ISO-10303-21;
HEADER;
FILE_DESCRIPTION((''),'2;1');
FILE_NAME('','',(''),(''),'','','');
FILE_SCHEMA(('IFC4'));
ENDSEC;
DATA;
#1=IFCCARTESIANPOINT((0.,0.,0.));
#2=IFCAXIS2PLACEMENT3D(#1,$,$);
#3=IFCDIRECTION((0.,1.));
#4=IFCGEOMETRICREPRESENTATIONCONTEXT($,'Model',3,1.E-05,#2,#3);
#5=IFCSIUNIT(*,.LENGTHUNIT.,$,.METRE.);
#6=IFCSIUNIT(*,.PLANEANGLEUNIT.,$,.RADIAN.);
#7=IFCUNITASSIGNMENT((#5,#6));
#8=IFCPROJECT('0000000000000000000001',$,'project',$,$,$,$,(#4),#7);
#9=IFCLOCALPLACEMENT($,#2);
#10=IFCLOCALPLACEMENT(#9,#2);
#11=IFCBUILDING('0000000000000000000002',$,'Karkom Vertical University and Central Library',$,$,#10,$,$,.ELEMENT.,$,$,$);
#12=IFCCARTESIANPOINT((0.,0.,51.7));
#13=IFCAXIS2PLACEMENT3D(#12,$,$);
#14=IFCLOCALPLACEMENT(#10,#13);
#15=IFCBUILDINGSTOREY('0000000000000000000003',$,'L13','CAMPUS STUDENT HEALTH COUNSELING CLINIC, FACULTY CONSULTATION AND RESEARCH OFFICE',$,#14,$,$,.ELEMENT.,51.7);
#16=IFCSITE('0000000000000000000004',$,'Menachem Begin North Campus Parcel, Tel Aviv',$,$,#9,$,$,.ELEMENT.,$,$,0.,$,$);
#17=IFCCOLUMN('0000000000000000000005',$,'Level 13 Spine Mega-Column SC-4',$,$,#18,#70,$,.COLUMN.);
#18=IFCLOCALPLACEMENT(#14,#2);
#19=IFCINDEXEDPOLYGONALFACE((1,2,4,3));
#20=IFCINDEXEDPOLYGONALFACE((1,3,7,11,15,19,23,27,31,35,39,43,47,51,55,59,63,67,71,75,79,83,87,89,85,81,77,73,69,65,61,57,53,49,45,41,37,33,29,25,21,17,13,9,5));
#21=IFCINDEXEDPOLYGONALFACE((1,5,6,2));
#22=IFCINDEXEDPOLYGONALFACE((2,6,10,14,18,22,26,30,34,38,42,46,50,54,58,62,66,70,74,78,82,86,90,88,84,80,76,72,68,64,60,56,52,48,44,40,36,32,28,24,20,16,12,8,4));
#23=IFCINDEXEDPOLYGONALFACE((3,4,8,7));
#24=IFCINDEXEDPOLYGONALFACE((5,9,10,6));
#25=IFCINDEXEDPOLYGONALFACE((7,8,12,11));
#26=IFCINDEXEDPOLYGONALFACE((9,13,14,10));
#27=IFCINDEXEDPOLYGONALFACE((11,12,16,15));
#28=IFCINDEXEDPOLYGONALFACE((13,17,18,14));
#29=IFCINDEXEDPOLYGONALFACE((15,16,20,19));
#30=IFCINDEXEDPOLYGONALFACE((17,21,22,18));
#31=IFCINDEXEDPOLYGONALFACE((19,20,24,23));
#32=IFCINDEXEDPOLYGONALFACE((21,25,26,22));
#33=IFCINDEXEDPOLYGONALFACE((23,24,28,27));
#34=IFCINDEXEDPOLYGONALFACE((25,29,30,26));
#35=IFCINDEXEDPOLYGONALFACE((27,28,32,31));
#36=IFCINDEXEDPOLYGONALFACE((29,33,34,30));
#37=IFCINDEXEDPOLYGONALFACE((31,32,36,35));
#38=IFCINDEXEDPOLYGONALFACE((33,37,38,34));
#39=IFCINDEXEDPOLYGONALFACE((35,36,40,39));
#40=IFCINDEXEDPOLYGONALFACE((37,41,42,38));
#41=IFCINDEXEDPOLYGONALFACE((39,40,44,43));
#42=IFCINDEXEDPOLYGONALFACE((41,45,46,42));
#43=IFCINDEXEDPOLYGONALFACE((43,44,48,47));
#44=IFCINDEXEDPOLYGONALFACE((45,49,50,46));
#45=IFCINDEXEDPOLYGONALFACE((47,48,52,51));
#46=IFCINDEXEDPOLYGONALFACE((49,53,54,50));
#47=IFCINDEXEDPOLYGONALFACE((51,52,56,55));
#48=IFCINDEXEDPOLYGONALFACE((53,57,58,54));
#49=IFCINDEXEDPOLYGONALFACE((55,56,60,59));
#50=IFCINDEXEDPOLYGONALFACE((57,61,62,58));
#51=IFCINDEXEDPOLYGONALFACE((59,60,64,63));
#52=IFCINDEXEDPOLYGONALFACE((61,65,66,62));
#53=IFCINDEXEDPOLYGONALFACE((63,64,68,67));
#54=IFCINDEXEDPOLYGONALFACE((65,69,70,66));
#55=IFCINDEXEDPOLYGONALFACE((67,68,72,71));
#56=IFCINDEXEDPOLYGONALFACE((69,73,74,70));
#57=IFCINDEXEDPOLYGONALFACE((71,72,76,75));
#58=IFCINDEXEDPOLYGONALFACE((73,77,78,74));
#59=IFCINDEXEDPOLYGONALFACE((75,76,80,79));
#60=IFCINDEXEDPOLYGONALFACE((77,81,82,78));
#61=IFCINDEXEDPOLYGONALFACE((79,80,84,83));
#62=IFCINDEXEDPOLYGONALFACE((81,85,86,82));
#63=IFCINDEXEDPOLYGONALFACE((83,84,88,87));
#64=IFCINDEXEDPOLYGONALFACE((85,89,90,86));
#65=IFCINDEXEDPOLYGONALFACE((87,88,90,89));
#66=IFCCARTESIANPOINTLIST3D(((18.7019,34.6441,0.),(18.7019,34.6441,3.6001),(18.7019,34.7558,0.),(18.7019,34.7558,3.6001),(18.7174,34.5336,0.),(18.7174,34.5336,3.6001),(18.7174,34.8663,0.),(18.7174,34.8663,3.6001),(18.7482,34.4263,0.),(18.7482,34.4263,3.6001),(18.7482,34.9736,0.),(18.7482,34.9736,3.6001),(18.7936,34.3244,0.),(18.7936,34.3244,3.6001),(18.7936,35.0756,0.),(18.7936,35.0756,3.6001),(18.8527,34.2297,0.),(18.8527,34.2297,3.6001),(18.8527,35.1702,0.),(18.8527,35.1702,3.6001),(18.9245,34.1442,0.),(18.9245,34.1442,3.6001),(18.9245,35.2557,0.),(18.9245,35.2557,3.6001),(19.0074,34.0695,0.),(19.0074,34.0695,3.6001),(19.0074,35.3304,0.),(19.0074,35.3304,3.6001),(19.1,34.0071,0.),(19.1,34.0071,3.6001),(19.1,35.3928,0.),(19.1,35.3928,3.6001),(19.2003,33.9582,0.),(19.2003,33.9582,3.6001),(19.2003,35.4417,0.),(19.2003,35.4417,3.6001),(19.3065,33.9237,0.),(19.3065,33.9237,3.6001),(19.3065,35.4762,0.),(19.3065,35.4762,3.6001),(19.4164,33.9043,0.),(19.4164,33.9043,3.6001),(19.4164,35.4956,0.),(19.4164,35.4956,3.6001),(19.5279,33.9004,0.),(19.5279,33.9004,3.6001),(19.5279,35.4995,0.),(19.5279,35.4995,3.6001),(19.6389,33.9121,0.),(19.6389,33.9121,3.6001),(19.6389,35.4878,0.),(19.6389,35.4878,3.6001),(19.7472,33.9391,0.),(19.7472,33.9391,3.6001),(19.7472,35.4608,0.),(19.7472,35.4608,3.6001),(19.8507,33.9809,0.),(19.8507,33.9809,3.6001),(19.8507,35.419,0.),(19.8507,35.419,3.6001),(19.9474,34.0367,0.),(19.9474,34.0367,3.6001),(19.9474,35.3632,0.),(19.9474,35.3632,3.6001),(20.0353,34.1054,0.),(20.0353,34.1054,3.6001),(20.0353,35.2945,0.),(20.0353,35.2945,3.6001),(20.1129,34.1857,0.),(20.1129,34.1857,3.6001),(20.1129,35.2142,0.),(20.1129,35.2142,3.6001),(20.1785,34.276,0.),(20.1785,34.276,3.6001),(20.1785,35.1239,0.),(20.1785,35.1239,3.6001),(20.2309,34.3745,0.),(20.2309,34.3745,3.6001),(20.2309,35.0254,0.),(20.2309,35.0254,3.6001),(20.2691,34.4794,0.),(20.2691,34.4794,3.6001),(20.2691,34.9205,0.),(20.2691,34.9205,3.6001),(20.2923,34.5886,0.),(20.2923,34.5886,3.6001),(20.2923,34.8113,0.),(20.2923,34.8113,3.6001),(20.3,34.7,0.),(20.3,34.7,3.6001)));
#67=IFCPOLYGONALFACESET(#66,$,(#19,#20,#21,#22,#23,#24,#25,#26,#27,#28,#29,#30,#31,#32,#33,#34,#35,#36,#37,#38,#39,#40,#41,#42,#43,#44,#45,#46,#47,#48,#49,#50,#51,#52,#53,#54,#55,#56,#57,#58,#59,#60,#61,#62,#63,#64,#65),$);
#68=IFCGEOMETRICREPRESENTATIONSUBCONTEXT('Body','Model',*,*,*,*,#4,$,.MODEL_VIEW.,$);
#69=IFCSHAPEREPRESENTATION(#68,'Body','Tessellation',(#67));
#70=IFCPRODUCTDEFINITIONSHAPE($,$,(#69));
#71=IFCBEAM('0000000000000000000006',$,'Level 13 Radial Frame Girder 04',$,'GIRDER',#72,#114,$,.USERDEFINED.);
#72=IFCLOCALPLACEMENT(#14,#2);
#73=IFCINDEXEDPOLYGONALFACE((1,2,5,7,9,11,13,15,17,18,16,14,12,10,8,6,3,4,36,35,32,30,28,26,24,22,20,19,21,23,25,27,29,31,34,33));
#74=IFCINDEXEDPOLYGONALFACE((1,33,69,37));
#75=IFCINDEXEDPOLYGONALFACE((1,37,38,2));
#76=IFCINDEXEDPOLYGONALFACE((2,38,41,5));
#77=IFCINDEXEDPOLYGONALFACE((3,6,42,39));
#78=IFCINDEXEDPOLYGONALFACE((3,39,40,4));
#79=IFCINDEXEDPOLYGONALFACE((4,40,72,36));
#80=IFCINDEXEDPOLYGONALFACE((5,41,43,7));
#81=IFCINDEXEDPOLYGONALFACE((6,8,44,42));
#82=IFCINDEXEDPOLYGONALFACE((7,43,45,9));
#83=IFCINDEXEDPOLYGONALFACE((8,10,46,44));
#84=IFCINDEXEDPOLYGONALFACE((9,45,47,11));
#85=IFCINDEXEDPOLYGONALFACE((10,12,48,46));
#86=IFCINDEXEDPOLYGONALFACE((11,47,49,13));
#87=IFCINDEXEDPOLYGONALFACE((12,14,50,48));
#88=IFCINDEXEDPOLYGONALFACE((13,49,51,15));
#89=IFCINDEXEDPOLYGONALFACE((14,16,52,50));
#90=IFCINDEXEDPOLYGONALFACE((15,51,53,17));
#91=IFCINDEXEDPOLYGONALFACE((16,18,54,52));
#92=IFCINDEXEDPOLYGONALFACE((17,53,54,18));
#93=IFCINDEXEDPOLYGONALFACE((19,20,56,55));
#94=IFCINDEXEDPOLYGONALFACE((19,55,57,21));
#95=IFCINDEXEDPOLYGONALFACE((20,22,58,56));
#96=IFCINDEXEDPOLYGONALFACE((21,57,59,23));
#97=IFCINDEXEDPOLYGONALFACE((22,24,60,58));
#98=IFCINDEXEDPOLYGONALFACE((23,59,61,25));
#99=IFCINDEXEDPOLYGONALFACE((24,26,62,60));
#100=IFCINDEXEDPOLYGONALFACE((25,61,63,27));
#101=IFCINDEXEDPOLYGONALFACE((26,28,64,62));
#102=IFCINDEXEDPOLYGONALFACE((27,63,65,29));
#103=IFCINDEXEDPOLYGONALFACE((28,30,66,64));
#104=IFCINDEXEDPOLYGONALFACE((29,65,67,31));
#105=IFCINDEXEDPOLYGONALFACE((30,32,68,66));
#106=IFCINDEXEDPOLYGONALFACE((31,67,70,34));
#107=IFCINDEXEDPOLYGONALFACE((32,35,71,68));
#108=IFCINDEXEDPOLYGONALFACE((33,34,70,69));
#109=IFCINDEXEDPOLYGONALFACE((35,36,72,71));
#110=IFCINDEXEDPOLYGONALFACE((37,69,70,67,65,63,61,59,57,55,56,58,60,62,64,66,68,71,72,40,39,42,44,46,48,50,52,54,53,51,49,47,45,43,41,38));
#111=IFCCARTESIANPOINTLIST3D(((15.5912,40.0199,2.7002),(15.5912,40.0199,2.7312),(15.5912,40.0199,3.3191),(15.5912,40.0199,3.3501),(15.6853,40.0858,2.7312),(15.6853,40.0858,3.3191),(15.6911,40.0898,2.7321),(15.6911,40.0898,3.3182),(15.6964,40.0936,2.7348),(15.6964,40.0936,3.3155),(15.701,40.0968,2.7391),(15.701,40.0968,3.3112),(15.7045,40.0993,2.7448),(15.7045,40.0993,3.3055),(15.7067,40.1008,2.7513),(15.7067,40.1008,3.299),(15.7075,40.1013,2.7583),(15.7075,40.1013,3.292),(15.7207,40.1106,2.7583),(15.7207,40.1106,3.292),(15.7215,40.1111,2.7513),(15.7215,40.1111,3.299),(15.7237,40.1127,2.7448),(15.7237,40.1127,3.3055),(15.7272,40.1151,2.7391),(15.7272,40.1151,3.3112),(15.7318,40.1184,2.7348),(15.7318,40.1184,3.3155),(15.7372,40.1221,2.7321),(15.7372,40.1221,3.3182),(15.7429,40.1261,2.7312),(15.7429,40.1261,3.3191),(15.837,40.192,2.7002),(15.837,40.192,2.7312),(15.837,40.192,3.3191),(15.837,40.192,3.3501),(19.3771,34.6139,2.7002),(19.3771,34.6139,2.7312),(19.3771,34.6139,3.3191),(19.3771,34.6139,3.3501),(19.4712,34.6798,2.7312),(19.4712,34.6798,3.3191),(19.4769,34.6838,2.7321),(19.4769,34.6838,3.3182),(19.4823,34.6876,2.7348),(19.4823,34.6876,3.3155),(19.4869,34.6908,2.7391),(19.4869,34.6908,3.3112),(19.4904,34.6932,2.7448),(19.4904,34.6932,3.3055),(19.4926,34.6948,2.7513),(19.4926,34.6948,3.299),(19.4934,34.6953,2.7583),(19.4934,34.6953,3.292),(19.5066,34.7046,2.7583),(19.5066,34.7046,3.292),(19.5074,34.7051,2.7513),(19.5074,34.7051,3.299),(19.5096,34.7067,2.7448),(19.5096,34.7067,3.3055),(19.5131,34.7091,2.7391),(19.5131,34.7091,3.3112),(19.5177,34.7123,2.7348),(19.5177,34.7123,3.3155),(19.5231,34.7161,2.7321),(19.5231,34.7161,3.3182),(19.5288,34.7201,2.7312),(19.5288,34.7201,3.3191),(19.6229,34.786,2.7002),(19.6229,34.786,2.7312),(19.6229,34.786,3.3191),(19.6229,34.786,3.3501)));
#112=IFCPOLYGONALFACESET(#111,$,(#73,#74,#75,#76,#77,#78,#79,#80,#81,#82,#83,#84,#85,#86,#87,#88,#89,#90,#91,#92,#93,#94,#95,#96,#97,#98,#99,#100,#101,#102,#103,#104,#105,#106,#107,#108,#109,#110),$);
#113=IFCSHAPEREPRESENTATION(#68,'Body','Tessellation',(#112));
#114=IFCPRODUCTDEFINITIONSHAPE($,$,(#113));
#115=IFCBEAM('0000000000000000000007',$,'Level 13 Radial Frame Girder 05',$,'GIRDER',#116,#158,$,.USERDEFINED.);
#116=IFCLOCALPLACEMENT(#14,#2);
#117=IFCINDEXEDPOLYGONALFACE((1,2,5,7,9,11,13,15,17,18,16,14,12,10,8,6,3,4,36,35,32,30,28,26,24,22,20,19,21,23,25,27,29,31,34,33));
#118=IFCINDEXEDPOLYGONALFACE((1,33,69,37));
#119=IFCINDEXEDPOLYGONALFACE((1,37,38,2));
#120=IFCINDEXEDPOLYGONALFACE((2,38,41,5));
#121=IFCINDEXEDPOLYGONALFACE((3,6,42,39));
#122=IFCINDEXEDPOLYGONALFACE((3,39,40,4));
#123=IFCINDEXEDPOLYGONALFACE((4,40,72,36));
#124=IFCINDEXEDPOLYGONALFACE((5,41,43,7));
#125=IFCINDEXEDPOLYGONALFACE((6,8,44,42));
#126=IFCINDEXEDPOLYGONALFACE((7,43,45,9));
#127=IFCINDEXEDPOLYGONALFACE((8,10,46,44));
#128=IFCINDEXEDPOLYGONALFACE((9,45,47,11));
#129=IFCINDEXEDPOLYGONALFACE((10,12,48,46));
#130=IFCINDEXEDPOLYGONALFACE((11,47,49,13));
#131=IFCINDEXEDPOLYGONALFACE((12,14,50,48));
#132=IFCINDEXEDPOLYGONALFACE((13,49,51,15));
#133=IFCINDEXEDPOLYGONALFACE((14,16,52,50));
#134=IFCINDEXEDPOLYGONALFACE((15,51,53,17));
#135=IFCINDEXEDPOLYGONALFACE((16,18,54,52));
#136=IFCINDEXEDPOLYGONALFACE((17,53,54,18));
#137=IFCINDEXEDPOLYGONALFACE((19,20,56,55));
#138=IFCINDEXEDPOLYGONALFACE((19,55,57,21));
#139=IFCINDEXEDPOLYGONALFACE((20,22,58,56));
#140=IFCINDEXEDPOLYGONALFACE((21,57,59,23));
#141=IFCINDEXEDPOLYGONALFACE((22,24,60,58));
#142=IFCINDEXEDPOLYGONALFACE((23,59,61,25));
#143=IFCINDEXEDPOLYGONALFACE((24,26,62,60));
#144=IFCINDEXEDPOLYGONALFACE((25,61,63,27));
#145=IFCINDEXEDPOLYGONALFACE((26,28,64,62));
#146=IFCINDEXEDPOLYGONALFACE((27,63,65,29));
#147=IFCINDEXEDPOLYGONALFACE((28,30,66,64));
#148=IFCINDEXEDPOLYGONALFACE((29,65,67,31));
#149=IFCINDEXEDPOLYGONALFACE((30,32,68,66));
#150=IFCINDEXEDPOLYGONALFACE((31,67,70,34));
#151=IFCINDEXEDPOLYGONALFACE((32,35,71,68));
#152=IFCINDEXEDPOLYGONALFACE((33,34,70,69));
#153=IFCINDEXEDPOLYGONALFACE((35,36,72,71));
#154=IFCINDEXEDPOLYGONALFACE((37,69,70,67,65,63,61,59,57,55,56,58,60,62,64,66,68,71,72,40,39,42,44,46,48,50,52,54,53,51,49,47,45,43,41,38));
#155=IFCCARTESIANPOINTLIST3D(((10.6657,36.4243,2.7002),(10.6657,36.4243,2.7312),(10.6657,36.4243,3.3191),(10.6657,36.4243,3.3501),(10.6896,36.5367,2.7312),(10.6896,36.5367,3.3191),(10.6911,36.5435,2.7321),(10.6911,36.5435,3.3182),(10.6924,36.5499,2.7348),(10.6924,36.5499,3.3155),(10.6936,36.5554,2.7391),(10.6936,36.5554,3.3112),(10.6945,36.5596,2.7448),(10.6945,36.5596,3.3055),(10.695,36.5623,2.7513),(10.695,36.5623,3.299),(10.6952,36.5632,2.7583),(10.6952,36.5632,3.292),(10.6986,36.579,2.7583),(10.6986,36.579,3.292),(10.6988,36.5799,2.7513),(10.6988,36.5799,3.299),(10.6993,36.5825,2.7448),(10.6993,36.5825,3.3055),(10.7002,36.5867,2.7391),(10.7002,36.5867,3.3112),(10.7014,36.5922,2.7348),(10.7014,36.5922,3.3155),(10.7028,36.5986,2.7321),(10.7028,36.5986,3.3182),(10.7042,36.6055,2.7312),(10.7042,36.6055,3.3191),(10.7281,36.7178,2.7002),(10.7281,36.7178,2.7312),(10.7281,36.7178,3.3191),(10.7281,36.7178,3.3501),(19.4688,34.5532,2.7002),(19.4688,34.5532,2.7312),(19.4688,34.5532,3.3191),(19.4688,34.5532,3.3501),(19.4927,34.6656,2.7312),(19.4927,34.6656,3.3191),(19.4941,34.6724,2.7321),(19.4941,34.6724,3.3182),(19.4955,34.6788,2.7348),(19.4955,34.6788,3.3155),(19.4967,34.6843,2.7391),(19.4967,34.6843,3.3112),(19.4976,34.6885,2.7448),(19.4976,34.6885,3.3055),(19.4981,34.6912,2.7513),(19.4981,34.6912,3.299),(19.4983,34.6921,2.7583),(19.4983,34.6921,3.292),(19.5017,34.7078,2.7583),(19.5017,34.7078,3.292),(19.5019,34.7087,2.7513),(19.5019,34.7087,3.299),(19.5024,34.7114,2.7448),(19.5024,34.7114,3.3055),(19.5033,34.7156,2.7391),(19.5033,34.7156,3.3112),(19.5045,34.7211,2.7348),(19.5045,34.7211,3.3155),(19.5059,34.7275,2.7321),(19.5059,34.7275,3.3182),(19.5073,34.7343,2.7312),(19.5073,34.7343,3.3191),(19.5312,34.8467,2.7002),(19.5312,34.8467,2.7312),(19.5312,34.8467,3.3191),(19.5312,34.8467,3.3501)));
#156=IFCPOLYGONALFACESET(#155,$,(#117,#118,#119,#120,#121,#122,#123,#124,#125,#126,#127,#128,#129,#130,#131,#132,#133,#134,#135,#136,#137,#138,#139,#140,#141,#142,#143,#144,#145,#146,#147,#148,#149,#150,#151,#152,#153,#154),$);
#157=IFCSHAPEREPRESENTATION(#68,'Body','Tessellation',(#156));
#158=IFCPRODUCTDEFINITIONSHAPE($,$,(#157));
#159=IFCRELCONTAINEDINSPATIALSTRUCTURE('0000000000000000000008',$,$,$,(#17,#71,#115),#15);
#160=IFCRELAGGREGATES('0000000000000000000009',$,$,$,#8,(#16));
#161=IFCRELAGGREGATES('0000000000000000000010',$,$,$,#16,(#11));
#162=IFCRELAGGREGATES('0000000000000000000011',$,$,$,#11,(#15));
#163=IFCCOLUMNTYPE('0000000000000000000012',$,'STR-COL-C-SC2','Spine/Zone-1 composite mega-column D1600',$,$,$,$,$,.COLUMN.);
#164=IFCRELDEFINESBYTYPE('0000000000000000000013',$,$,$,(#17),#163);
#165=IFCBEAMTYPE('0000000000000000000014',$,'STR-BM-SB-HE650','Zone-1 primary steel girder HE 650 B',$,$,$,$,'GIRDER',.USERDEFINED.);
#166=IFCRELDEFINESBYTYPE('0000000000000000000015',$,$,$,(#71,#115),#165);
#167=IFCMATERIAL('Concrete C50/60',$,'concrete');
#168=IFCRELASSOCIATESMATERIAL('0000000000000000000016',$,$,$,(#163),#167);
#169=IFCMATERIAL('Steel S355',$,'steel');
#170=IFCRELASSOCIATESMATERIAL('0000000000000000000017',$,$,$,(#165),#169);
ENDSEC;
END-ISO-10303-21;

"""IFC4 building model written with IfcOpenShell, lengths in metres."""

from ifc_helpers import new_model, si_unit, direction, frame, origin, origin_with_axes, origin_2d, place, context, subcontext, project, spatial, circle, i_section, extrude, source, transform, mapped, material, material_profile, profile_set, type_object, element, save


model = new_model("IFC4")

# Units and contexts
model_context = context("Model", 3, precision=1e-05, world=origin(), true_north=direction((0.0, 1.0)))
body_context = subcontext(model_context, "Body", "Model", "MODEL_VIEW")
ifc_project = project(units=[si_unit("LENGTHUNIT", "METRE"), si_unit("PLANEANGLEUNIT", "RADIAN")], contexts=[model_context])

# Site, building, storey
site_placement = place(None, origin())
site = spatial("IfcSite", under=ifc_project, at=site_placement, Name="Menachem Begin North Campus Parcel, Tel Aviv", CompositionType="ELEMENT", RefElevation=0.0)
building_placement = place(site_placement, origin())
building = spatial("IfcBuilding", under=site, at=building_placement, Name="Karkom Vertical University and Central Library", CompositionType="ELEMENT")
storey_placement = place(building_placement, frame((0.0, 0.0, 51.7)))
storey = spatial("IfcBuildingStorey", under=building, at=storey_placement, Name="L13", Description="CAMPUS STUDENT HEALTH COUNSELING CLINIC, FACULTY CONSULTATION AND RESEARCH OFFICE", CompositionType="ELEMENT", Elevation=51.7)

# Column
ifc_material_1 = material(Name="Concrete C50/60", Category="concrete")
ifc_material_profile_1 = material_profile(ifc_material_1, circle(Radius=0.8, at=origin_2d()), Name="CFT-D1600")
ifc_profile_set_1 = profile_set([ifc_material_profile_1], Name="Concrete C50/60")
column_type = type_object("IfcColumnType", Name="STR-COL-C-SC2", Description="Spine/Zone-1 composite mega-column D1600", PredefinedType="COLUMN", material=ifc_profile_set_1)
shared_shape_1 = source(origin_with_axes(), body_context, "Body", "SweptSolid", [
    extrude(circle(Radius=0.8, at=origin_2d()), origin(), (0.0, 0.0, 1.0), 3.6001),
])
column_placement = place(storey_placement, frame((19.5, 34.7, 0.0), z_axis=(0.0, 0.0, 1.0), x_axis=(1.0, 0.0, 0.0)))
element("IfcColumn", 1, at=column_placement, inside=storey, type_object=column_type, Name="Level 13 Spine Mega-Column SC-4", PredefinedType="COLUMN", context=body_context, shape_type="MappedRepresentation", body=[
    mapped(shared_shape_1, transform((0.0, 0.0, 0.0), scale=1.0)),
])

# Beams
ifc_material_2 = material(Name="Steel S355", Category="steel")
ifc_material_profile_2 = material_profile(ifc_material_2, i_section(OverallWidth=0.3, OverallDepth=0.6499, WebThickness=0.0161, FlangeThickness=0.031, FilletRadius=0.0271, at=origin_2d()), Name="HE 650 B")
ifc_profile_set_2 = profile_set([ifc_material_profile_2], Name="Steel S355")
beam_type_1 = type_object("IfcBeamType", Name="STR-BM-SB-HE650", Description="Zone-1 primary steel girder HE 650 B", ElementType="GIRDER", PredefinedType="USERDEFINED", material=ifc_profile_set_2)
shared_shape_2 = source(origin_with_axes(), body_context, "Body", "SweptSolid", [
    extrude(i_section(OverallWidth=0.3, OverallDepth=0.6499, WebThickness=0.0161, FlangeThickness=0.031, FilletRadius=0.0271, at=origin_2d()), origin(), (0.0, 0.0, 1.0), 6.5999),
])
beam_1_placement = place(storey_placement, frame((19.5, 34.7, 3.0251), z_axis=(-0.573634, 0.819112, 0.0), x_axis=(-0.819112, -0.573634, 0.0)))
element("IfcBeam", 2, at=beam_1_placement, inside=storey, type_object=beam_type_1, Name="Level 13 Radial Frame Girder 04", ObjectType="GIRDER", PredefinedType="USERDEFINED", context=body_context, shape_type="MappedRepresentation", body=[
    mapped(shared_shape_2, transform((0.0, 0.0, 0.0), scale=1.0)),
])
shared_shape_3 = source(origin_with_axes(), body_context, "Body", "SweptSolid", [
    extrude(i_section(OverallWidth=0.3, OverallDepth=0.6499, WebThickness=0.0161, FlangeThickness=0.031, FilletRadius=0.0271, at=origin_2d()), origin(), (0.0, 0.0, 1.0), 8.9998),
])
beam_2_placement = place(storey_placement, frame((19.5, 34.7, 3.0251), z_axis=(-0.978148, 0.207908, 0.0), x_axis=(-0.207908, -0.978148, 0.0)))
element("IfcBeam", 3, at=beam_2_placement, inside=storey, type_object=beam_type_1, Name="Level 13 Radial Frame Girder 05", ObjectType="GIRDER", PredefinedType="USERDEFINED", context=body_context, shape_type="MappedRepresentation", body=[
    mapped(shared_shape_3, transform((0.0, 0.0, 0.0), scale=1.0)),
])

save(model, "model.ifc")
